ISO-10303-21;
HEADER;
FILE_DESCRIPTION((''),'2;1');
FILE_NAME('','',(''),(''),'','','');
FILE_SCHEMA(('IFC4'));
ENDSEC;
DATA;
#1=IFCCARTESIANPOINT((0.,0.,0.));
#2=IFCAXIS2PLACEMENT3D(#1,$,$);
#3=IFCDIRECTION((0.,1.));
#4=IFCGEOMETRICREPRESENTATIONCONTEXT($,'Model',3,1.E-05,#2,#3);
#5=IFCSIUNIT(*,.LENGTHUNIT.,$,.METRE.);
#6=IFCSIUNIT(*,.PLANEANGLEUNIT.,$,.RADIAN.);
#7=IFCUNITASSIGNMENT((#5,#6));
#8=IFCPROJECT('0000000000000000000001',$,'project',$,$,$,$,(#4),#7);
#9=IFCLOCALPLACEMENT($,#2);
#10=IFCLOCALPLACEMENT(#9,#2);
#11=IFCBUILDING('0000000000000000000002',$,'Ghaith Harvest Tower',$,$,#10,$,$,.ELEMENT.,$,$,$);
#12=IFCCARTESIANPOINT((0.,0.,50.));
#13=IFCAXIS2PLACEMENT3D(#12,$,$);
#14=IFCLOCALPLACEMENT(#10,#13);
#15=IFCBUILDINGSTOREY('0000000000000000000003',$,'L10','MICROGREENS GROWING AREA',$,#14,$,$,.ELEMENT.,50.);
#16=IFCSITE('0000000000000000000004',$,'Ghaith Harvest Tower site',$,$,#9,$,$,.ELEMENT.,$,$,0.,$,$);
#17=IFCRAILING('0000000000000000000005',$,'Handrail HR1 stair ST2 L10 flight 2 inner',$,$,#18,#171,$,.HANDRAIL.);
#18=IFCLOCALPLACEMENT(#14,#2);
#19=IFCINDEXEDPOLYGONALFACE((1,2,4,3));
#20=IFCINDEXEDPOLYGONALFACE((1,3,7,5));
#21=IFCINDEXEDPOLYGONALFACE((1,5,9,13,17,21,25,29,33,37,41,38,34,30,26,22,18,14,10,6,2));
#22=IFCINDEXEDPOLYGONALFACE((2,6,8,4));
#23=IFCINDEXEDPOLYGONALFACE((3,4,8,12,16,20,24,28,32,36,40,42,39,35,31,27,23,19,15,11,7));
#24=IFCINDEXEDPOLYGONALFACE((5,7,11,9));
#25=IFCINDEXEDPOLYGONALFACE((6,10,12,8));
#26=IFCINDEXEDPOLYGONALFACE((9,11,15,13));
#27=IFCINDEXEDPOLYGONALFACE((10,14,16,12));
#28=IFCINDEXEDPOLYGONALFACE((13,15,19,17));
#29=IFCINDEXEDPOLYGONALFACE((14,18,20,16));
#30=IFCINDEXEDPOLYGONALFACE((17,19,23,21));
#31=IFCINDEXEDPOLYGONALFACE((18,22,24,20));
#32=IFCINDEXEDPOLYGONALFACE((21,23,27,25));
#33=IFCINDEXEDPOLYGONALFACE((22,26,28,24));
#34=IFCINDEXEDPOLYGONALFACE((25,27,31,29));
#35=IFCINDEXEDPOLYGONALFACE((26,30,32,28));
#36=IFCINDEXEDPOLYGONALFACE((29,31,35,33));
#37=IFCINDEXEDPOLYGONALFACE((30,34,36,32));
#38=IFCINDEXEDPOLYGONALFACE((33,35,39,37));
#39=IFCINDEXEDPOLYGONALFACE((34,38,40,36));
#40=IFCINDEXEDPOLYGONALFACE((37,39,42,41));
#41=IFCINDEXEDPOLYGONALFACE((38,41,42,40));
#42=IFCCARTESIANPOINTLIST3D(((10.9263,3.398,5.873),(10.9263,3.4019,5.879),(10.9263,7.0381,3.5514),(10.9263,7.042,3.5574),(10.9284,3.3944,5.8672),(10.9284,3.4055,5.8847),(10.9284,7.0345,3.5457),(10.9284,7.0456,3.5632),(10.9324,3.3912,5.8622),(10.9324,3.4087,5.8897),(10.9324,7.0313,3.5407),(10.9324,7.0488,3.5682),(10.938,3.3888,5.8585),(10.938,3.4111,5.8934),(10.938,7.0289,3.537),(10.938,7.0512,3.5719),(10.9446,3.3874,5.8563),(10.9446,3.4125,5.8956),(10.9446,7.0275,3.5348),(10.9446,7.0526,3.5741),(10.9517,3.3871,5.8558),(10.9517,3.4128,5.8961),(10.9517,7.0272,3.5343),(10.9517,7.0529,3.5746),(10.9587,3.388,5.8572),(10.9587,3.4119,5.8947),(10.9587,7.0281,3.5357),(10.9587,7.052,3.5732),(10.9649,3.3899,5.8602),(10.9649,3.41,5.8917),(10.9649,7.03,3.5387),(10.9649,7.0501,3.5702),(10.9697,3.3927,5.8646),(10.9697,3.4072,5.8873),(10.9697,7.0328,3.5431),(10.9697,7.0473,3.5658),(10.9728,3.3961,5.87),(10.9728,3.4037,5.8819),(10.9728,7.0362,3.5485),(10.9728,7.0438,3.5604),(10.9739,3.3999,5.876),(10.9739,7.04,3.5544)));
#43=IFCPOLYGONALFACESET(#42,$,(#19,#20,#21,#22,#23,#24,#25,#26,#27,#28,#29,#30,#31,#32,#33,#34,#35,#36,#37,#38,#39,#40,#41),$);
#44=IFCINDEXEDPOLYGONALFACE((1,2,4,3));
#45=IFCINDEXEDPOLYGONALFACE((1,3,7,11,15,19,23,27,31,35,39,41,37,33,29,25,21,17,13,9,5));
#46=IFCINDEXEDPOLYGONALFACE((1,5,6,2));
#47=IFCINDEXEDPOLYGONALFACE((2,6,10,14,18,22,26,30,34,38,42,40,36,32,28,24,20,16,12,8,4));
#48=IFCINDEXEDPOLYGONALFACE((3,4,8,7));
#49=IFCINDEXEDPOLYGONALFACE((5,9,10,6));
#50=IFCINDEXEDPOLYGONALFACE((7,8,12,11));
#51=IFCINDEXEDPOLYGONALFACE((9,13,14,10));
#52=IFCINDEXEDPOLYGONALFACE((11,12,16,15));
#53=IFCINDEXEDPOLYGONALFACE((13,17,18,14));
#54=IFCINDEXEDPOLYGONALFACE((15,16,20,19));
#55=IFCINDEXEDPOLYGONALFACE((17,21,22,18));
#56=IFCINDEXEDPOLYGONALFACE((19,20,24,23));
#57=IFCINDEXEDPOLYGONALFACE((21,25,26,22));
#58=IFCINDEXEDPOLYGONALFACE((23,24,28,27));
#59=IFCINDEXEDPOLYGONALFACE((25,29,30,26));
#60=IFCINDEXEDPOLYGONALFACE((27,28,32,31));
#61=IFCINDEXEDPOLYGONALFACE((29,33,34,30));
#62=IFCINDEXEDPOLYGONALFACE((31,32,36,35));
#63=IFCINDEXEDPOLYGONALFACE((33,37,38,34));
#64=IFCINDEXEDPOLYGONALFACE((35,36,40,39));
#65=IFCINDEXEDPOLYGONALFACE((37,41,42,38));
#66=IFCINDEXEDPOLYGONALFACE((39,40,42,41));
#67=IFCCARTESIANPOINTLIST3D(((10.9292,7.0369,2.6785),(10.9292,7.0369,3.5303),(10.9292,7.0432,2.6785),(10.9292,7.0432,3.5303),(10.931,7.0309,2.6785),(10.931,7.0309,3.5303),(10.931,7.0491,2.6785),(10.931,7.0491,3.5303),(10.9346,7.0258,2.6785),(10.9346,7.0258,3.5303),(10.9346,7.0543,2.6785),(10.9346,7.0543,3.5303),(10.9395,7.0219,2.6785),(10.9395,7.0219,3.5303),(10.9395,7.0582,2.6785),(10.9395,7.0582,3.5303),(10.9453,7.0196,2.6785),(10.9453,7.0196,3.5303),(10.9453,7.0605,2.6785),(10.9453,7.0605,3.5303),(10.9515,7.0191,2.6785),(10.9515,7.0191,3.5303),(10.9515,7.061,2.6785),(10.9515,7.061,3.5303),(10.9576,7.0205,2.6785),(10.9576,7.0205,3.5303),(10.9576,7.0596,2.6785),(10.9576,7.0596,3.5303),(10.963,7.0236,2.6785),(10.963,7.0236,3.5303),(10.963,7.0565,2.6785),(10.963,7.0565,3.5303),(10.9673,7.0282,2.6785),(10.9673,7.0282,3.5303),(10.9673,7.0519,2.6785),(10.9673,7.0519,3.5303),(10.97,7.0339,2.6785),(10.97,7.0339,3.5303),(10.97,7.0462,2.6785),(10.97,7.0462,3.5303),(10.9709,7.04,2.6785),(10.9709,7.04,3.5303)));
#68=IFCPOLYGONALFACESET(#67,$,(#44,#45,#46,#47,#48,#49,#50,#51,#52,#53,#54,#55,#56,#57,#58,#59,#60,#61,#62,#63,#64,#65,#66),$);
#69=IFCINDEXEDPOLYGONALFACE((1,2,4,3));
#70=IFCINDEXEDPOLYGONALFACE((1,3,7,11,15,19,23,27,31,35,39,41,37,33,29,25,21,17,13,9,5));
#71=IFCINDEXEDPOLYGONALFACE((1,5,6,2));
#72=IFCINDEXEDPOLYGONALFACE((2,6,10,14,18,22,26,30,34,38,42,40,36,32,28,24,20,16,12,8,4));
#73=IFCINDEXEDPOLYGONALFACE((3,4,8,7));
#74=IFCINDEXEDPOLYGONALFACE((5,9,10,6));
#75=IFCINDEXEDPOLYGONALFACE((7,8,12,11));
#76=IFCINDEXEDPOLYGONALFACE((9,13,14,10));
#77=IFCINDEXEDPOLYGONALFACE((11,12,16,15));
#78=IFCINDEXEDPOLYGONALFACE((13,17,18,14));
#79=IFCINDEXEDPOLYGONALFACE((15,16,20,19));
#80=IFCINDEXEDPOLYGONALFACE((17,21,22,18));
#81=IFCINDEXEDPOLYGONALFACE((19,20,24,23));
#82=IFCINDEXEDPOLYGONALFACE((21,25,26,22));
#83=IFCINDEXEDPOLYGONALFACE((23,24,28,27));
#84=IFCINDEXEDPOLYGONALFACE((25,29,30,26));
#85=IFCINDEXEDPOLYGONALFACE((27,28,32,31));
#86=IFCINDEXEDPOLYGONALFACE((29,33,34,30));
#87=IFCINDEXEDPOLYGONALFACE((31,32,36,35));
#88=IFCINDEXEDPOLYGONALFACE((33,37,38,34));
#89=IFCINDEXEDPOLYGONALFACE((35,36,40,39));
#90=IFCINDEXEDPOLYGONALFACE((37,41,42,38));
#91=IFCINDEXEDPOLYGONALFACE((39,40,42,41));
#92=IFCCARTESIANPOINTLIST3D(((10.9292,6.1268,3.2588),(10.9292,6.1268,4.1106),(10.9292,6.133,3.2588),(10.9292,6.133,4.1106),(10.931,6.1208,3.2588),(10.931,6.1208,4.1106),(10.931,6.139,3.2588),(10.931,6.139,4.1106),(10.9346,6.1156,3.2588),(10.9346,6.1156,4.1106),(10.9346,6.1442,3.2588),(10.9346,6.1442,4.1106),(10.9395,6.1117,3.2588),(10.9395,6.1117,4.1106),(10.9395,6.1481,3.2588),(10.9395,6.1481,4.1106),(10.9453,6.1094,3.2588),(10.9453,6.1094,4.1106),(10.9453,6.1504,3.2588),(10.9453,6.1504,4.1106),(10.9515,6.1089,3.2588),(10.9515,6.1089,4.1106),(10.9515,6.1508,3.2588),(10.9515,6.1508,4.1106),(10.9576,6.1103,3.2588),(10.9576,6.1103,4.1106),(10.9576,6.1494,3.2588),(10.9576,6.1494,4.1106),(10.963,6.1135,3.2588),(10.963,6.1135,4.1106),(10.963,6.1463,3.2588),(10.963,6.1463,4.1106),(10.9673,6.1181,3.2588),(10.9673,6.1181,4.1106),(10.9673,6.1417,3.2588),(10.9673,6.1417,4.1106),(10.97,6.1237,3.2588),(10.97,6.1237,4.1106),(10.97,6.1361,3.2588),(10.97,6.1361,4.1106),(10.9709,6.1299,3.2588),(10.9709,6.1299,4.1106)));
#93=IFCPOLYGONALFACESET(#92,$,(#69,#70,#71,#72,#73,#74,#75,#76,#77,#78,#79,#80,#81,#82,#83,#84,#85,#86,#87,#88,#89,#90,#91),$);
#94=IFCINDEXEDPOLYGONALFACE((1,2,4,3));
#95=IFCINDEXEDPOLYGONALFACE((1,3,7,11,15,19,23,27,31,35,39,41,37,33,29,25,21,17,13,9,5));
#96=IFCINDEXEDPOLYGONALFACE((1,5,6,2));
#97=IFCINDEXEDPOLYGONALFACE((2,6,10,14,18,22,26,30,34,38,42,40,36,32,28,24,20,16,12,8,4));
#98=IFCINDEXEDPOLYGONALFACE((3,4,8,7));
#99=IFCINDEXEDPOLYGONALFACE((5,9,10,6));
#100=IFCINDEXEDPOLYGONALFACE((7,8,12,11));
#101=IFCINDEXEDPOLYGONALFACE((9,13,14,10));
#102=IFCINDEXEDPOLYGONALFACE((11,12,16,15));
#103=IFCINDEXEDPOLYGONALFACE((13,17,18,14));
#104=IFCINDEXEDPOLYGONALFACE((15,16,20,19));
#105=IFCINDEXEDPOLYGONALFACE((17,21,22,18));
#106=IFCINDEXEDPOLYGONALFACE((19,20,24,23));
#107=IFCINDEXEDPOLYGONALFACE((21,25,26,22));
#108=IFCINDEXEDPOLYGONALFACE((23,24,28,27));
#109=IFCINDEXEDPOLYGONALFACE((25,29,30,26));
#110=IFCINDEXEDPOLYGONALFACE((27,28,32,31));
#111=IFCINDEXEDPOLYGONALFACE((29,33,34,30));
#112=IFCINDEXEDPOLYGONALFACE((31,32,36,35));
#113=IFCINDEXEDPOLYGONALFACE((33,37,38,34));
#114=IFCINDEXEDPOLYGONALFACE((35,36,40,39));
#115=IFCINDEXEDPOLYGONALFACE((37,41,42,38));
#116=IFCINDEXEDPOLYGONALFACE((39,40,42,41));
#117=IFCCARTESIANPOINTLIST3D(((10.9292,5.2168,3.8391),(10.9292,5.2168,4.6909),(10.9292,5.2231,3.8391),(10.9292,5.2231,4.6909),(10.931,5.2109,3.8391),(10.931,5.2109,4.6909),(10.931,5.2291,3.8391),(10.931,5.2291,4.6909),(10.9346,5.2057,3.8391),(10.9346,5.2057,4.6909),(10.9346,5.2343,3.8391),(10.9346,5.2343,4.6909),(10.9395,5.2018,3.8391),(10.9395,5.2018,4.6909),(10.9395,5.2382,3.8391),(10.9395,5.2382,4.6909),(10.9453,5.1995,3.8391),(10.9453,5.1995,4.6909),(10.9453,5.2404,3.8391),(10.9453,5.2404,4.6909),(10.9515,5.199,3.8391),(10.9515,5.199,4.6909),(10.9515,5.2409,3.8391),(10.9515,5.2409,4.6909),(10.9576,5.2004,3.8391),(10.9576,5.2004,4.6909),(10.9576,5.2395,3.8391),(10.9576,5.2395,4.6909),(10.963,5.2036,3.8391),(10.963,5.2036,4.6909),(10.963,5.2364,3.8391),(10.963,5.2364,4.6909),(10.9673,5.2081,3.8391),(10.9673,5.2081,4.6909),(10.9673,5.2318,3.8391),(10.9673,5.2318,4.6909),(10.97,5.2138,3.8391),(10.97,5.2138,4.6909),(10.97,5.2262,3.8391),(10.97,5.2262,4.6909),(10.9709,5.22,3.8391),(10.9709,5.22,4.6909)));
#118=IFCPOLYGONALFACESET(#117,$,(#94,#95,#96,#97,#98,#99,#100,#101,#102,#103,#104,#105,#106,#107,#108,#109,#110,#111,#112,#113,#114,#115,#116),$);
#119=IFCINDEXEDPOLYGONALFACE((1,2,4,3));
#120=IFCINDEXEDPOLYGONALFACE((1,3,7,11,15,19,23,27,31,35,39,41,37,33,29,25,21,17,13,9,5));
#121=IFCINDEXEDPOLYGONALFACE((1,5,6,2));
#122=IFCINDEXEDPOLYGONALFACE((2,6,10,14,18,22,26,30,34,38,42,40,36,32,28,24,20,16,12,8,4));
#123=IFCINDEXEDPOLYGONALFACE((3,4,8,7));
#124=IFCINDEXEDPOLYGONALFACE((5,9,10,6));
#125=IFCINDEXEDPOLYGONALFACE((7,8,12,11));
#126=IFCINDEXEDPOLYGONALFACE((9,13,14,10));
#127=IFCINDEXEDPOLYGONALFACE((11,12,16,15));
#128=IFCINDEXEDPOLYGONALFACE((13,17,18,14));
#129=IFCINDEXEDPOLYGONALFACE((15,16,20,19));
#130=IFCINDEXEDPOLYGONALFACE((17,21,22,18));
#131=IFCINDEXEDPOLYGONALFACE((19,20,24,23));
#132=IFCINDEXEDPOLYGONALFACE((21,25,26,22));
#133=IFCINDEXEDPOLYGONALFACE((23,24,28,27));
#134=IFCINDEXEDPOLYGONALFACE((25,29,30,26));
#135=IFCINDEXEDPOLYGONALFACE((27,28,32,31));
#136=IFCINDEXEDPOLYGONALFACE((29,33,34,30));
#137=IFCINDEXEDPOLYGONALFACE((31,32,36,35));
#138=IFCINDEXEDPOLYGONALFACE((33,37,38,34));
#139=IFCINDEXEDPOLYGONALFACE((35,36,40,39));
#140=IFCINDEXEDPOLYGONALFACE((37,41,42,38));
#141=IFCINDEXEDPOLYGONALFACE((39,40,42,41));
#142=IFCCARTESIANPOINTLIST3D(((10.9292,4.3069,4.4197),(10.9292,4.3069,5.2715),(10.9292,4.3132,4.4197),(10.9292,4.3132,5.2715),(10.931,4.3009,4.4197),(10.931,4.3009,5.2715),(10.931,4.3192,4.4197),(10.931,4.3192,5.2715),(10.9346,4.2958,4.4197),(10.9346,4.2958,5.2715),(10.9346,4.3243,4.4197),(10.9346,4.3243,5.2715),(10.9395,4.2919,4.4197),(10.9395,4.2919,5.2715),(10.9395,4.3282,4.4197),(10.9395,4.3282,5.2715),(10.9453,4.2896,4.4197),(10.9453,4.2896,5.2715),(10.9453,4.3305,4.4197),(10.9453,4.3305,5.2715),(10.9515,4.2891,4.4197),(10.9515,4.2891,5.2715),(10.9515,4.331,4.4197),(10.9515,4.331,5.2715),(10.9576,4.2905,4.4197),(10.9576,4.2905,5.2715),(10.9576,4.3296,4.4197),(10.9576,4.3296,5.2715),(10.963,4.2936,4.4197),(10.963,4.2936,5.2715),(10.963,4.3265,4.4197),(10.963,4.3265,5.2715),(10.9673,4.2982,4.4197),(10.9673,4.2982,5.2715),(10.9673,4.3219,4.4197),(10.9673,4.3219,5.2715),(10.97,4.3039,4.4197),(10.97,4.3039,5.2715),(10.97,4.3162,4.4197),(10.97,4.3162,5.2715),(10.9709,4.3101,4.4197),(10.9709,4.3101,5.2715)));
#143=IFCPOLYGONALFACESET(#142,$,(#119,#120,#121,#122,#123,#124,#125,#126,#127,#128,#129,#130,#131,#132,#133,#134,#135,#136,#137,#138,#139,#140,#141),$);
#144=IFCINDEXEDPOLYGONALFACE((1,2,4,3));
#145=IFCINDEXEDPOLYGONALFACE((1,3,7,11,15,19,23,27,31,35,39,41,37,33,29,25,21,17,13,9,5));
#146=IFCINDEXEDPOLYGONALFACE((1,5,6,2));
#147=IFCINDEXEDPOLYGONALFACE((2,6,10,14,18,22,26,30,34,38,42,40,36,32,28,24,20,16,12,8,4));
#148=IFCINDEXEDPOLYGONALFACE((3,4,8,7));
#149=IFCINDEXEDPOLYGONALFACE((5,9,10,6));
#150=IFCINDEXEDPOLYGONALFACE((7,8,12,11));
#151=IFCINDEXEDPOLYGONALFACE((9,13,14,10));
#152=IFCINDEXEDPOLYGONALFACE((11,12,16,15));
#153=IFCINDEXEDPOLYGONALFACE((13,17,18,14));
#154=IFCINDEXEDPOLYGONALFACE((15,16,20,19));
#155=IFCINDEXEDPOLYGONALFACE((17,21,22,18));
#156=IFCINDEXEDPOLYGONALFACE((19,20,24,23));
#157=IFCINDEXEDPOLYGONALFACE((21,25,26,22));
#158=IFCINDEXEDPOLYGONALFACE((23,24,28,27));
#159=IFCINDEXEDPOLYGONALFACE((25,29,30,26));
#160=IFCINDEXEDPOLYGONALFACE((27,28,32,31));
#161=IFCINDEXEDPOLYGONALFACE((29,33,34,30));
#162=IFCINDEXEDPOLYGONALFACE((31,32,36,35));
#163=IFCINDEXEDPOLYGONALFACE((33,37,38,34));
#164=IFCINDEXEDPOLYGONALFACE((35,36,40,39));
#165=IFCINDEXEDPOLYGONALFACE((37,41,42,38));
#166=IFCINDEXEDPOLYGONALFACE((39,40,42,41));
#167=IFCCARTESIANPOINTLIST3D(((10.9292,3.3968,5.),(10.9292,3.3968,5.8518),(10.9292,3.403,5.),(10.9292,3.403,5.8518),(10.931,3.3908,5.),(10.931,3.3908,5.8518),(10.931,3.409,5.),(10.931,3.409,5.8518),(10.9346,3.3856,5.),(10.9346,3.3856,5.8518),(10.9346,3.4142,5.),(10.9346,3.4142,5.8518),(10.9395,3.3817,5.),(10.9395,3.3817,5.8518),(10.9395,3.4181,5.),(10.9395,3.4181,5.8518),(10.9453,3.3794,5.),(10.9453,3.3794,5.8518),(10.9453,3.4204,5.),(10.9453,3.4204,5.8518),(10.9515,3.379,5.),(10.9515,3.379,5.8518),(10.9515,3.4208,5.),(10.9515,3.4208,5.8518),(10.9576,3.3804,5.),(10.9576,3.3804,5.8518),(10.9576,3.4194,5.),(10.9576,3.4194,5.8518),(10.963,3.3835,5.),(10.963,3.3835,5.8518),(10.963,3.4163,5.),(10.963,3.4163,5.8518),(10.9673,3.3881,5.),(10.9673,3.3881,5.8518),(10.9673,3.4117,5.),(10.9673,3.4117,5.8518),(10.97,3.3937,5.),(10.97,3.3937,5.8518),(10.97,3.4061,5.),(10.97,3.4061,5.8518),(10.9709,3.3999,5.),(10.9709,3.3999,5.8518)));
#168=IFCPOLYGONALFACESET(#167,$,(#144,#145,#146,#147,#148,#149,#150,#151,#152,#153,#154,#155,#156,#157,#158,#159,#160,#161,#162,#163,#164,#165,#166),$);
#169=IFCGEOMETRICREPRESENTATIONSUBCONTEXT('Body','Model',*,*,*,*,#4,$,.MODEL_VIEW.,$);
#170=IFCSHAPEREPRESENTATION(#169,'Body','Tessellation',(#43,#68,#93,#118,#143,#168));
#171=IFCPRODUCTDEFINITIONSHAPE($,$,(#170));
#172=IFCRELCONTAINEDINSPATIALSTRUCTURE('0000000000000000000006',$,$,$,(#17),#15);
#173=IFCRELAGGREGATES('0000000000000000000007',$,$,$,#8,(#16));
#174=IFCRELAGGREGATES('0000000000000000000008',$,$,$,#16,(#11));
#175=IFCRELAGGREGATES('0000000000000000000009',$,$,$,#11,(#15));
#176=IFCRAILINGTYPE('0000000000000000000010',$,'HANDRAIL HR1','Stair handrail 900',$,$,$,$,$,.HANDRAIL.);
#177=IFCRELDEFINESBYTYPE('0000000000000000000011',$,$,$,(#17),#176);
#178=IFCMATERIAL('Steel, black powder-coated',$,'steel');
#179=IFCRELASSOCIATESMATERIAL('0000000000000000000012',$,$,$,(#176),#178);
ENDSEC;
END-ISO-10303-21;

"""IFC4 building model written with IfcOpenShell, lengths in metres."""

from ifc_helpers import new_model, si_unit, direction, frame, origin, origin_2d, place, context, subcontext, project, spatial, circle, extrude, material, type_object, element, save


model = new_model("IFC4")

# Units and contexts
model_context = context("Model", 3, precision=1e-05, world=origin(), true_north=direction((0.0, 1.0)))
body_context = subcontext(model_context, "Body", "Model", "MODEL_VIEW")
ifc_project = project(units=[si_unit("LENGTHUNIT", "METRE"), si_unit("PLANEANGLEUNIT", "RADIAN")], contexts=[model_context])

# Site, building, storey
site_placement = place(None, origin())
site = spatial("IfcSite", under=ifc_project, at=site_placement, Name="Ghaith Harvest Tower site", CompositionType="ELEMENT", RefElevation=0.0)
building_placement = place(site_placement, origin())
building = spatial("IfcBuilding", under=site, at=building_placement, Name="Ghaith Harvest Tower", CompositionType="ELEMENT")
storey_placement = place(building_placement, frame((0.0, 0.0, 50.0)))
storey = spatial("IfcBuildingStorey", under=building, at=storey_placement, Name="L10", Description="MICROGREENS GROWING AREA", CompositionType="ELEMENT", Elevation=50.0)

# Railing
ifc_material_1 = material(Name="Steel, black powder-coated", Category="steel")
railing_type = type_object("IfcRailingType", Name="HANDRAIL HR1", Description="Stair handrail 900", PredefinedType="HANDRAIL", material=ifc_material_1)
railing_1_placement = place(storey_placement, frame((10.95, 7.04, 2.6785)))
element("IfcRailing", 1, at=railing_1_placement, inside=storey, type_object=railing_type, Name="Handrail HR1 stair ST2 L10 flight 2 inner", PredefinedType="HANDRAIL", context=body_context, shape_type="SweptSolid", body=[
    extrude(circle(Radius=0.0239, at=origin_2d()), frame((0.0, 0.0, 0.876), z_axis=(0.0, -0.843128, 0.537713), x_axis=(1.0, 0.0, 0.0)), (0.0, 0.0, 1.0), 4.3174),
    extrude(circle(Radius=0.021, at=origin_2d()), origin(), (0.0, 0.0, 1.0), 0.8518),
    extrude(circle(Radius=0.021, at=origin_2d()), frame((0.0, -0.9102, 0.5803)), (0.0, 0.0, 1.0), 0.8518),
    extrude(circle(Radius=0.021, at=origin_2d()), frame((0.0, -1.8201, 1.1606)), (0.0, 0.0, 1.0), 0.8518),
    extrude(circle(Radius=0.021, at=origin_2d()), frame((0.0, -2.73, 1.7412)), (0.0, 0.0, 1.0), 0.8518),
    extrude(circle(Radius=0.021, at=origin_2d()), frame((0.0, -3.6401, 2.3215)), (0.0, 0.0, 1.0), 0.8518),
])

save(model, "model.ifc")
